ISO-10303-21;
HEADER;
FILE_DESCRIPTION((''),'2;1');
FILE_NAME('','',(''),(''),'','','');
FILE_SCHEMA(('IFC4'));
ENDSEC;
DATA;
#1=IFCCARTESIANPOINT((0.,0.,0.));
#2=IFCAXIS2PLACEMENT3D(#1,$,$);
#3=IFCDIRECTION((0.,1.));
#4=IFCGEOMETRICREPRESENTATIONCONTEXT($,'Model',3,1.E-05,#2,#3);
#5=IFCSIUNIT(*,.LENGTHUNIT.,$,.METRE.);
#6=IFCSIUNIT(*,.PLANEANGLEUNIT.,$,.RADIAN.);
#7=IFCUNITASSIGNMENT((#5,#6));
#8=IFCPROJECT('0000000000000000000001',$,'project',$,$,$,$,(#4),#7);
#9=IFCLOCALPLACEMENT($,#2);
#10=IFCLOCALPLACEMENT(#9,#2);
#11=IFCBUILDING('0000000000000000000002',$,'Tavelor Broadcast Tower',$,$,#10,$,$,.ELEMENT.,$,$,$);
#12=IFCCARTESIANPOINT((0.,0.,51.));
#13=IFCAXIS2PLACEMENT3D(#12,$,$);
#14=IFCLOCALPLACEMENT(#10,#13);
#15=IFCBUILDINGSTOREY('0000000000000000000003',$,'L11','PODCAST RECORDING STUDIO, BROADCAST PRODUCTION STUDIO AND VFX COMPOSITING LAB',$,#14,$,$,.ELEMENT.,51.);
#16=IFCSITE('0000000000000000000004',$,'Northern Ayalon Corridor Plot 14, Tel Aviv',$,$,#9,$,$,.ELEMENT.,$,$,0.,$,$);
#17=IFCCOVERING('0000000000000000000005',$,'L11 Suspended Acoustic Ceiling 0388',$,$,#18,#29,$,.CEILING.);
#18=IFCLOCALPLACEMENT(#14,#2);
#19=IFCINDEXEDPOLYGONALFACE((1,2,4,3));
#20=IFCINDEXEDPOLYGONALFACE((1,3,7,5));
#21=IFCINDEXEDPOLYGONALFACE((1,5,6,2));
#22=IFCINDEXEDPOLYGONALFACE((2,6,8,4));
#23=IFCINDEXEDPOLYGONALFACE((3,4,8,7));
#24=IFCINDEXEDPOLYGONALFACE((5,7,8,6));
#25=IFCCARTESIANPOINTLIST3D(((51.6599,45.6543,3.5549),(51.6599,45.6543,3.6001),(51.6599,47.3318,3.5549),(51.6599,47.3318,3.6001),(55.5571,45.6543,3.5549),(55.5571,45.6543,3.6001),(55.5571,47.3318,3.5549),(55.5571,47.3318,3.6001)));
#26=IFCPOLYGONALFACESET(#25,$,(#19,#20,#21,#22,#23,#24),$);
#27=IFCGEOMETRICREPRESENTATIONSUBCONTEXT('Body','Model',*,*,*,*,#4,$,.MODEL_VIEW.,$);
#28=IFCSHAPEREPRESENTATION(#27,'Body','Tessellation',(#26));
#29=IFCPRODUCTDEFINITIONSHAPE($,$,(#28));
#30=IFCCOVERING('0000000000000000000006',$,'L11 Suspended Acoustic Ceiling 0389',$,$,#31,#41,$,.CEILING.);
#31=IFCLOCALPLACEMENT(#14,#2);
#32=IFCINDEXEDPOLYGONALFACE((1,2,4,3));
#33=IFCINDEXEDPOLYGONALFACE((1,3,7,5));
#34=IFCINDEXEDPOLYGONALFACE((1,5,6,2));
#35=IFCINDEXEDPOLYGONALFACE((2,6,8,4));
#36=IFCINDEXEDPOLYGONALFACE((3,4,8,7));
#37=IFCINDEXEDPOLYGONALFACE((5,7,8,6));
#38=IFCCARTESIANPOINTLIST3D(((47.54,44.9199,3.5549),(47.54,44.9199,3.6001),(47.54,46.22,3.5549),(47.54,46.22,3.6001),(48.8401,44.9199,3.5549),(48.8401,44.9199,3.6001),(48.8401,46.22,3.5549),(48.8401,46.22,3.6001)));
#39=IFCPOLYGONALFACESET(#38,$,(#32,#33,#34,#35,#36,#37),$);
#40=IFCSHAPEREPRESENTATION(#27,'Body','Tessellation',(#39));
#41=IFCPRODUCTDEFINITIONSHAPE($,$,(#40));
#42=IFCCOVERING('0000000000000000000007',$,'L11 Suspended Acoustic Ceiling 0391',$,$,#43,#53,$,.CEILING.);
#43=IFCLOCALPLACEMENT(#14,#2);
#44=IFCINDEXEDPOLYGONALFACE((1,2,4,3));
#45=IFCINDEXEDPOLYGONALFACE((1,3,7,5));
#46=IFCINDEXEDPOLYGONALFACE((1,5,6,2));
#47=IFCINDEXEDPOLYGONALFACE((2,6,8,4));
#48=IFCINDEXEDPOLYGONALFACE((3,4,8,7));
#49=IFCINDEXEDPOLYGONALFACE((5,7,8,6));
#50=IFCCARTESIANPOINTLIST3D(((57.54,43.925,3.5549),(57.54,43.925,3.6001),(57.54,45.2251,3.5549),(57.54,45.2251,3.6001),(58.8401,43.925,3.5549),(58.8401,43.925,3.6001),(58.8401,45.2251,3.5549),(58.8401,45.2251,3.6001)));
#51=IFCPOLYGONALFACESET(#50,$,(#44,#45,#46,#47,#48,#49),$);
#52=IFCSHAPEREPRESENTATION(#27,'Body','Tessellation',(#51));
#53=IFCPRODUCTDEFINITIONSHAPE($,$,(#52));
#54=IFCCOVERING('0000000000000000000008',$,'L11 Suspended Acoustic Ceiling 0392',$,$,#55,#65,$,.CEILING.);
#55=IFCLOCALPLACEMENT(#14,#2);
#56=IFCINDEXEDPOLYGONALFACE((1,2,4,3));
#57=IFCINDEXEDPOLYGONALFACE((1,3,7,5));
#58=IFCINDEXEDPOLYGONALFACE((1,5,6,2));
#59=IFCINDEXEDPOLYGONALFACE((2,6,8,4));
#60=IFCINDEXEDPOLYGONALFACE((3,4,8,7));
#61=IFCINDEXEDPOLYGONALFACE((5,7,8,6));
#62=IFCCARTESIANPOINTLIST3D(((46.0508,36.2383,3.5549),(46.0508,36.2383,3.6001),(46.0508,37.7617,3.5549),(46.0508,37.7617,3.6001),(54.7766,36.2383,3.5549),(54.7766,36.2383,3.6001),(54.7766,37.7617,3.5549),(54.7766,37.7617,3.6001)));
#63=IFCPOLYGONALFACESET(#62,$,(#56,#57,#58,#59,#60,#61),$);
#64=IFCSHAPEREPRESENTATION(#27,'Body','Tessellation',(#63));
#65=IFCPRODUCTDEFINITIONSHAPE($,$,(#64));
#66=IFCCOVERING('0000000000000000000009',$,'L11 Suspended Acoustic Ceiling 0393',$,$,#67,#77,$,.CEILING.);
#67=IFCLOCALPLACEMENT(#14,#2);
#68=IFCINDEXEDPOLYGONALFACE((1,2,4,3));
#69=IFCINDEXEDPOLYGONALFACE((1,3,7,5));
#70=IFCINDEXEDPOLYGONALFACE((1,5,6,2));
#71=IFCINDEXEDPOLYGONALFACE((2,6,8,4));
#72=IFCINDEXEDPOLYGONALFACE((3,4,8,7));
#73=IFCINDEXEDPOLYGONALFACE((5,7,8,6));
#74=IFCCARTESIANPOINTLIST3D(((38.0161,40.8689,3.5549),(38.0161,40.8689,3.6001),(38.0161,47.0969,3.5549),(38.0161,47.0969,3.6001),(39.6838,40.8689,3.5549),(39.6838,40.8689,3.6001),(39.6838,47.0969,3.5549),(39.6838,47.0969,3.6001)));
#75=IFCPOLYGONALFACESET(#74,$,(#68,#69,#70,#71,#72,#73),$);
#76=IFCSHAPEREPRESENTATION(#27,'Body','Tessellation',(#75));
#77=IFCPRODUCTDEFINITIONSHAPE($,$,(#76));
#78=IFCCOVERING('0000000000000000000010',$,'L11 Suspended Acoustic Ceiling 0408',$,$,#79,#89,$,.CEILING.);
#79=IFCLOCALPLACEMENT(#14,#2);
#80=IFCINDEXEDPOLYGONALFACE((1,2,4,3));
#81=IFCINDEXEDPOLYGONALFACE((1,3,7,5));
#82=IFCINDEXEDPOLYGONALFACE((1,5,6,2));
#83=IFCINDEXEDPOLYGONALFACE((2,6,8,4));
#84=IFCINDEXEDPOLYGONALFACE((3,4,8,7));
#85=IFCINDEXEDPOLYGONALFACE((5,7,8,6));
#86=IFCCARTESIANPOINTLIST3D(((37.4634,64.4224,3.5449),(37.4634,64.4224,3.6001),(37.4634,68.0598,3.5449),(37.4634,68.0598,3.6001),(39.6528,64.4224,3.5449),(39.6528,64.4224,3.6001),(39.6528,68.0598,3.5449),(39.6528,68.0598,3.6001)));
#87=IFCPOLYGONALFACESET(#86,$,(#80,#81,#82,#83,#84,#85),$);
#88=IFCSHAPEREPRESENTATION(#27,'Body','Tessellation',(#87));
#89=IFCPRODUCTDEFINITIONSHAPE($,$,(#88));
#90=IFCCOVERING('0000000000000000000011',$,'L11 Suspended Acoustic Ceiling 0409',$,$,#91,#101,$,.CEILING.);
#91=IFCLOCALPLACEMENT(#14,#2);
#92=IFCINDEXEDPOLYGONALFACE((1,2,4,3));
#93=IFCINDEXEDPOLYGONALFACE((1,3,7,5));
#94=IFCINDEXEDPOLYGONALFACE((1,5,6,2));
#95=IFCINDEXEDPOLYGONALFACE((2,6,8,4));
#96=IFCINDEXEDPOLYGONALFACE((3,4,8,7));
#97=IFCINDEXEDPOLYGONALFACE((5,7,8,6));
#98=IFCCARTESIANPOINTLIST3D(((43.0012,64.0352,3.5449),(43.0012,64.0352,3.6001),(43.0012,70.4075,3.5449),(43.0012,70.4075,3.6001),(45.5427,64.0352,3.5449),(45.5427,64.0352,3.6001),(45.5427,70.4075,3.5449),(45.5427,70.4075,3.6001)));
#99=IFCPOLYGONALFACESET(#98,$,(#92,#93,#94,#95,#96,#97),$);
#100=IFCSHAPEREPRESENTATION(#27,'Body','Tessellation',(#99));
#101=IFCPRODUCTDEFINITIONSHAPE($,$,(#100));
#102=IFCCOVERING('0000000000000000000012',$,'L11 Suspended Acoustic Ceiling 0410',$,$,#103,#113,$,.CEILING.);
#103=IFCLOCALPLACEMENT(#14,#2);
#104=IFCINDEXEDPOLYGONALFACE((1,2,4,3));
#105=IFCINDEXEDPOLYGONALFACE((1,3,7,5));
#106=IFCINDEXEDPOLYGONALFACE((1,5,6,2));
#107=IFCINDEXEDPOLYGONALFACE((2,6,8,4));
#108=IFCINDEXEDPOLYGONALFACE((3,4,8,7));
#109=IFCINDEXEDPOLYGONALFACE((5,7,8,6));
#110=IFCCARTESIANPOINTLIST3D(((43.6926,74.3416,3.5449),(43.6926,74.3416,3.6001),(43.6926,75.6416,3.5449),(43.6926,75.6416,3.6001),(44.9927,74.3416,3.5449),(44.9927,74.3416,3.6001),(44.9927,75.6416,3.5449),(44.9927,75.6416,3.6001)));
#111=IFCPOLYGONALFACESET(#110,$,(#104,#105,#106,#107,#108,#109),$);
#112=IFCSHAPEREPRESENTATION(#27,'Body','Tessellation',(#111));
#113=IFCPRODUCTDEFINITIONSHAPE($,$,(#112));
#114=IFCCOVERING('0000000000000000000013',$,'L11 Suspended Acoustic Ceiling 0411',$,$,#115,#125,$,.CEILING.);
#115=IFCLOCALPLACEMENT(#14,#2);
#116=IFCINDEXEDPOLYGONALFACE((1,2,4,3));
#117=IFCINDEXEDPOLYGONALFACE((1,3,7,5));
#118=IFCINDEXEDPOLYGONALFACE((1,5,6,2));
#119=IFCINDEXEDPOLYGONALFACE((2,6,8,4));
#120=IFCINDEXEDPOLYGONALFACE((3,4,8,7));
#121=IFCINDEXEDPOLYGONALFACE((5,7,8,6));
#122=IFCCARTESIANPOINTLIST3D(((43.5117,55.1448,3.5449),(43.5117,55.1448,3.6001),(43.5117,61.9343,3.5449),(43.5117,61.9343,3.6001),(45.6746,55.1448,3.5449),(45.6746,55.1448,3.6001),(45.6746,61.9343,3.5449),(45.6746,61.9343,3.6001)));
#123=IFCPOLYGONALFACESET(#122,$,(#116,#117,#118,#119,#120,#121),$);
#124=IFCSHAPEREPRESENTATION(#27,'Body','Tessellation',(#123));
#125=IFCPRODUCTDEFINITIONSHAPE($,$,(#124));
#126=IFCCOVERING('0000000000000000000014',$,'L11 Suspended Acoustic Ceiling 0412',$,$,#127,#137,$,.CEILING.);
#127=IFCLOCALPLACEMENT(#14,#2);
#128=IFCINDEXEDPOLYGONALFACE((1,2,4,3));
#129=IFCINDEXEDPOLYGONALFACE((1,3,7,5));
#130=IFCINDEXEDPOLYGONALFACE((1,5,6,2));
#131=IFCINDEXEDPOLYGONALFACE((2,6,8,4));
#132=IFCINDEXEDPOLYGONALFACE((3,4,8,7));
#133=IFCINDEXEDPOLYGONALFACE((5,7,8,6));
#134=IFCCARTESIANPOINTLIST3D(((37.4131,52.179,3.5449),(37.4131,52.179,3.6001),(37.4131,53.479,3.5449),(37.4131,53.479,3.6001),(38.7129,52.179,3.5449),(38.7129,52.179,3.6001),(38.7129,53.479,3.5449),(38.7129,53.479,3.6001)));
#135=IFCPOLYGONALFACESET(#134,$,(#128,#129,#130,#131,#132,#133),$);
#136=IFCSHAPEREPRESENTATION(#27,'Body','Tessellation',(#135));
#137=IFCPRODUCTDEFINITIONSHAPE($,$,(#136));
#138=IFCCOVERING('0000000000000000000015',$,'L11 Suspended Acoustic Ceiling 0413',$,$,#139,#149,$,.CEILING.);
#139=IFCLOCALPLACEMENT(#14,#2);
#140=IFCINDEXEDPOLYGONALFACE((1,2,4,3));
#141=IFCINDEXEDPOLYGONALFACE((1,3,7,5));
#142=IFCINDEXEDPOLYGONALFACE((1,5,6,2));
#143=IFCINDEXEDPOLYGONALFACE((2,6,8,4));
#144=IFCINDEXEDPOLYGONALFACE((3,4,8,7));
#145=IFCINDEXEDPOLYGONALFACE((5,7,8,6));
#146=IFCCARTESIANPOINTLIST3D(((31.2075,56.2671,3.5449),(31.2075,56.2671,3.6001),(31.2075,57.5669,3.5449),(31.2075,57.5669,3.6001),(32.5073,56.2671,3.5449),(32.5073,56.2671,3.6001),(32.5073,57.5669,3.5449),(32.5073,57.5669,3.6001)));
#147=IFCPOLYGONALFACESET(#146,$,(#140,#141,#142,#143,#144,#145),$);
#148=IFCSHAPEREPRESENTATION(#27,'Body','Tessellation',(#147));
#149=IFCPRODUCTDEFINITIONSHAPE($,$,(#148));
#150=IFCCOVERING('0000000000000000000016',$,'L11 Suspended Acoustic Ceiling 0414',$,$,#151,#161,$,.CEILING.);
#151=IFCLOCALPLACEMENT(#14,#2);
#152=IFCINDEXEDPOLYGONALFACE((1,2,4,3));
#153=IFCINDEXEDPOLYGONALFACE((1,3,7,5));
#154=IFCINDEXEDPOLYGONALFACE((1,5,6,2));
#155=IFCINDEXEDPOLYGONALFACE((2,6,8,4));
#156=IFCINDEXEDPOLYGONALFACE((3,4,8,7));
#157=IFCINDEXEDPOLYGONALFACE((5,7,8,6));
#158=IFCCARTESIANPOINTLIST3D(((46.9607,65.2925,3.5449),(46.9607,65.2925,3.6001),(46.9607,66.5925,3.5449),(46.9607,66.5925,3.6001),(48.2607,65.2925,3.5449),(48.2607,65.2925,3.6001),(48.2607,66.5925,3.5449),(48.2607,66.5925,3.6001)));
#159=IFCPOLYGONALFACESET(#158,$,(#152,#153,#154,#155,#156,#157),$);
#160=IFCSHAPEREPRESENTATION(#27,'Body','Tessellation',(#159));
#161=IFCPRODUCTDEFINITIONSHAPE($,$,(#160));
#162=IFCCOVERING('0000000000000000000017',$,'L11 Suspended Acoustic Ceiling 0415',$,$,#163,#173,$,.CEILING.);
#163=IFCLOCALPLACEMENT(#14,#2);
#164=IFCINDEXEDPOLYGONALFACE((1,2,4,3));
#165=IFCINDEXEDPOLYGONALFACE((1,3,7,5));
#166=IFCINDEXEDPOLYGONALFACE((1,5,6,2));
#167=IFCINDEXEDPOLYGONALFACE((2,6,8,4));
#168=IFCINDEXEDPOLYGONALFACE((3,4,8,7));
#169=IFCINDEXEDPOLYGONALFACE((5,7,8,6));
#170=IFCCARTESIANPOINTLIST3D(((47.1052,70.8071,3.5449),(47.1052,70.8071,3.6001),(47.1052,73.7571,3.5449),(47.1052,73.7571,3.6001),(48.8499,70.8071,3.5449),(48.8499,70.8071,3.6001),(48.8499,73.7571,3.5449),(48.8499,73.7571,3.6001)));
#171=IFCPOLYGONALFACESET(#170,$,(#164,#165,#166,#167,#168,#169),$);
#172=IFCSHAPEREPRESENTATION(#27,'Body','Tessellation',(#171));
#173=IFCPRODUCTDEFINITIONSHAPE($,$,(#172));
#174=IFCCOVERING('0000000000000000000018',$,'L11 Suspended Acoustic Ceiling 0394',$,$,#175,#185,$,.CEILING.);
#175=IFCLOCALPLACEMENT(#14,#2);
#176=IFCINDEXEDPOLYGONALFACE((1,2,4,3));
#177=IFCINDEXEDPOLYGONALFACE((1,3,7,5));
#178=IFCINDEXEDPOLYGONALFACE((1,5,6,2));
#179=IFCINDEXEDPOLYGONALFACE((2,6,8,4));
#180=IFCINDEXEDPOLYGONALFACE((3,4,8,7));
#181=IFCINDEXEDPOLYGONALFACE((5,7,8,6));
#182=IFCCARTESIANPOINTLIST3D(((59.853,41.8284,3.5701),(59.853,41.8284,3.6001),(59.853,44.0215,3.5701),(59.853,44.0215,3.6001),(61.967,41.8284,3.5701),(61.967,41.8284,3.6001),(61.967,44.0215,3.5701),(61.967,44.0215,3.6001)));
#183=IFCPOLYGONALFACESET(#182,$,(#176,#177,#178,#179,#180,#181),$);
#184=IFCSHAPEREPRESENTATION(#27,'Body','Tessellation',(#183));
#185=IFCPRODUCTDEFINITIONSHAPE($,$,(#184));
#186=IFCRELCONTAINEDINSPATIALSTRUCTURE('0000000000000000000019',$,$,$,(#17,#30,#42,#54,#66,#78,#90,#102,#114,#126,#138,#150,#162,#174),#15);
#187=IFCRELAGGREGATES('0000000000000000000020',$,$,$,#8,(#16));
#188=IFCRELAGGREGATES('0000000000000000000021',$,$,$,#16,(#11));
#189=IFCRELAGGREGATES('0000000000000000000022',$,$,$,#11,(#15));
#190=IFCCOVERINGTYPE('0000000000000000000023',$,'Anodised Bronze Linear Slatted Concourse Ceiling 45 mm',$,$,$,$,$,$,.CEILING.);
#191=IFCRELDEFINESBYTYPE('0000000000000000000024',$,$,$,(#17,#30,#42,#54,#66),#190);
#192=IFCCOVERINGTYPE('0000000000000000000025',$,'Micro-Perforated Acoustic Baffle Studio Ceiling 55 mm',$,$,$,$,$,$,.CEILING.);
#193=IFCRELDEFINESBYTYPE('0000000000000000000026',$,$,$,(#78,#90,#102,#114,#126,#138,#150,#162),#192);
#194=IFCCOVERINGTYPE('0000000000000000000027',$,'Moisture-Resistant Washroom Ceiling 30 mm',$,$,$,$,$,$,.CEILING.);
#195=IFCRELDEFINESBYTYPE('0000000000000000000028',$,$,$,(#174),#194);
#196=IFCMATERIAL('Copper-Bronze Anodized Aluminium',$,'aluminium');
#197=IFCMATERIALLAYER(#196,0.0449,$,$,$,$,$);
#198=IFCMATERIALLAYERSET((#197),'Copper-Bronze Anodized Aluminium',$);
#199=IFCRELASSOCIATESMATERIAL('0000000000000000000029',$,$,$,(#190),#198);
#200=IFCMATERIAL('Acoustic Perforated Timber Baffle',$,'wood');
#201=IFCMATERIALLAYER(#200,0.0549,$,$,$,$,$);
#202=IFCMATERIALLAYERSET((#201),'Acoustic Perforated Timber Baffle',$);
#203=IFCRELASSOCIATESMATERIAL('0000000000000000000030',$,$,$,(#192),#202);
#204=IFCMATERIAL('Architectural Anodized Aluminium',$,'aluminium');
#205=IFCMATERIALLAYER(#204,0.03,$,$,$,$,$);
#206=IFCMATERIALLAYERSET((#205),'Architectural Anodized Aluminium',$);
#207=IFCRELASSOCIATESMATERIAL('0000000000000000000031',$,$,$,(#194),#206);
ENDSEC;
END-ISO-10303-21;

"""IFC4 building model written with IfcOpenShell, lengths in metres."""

from ifc_helpers import new_model, si_unit, direction, frame, origin, place, context, subcontext, project, spatial, polyline, outline, extrude, material, layer, layer_set, type_object, element, save


model = new_model("IFC4")

# Units and contexts
model_context = context("Model", 3, precision=1e-05, world=origin(), true_north=direction((0.0, 1.0)))
body_context = subcontext(model_context, "Body", "Model", "MODEL_VIEW")
ifc_project = project(units=[si_unit("LENGTHUNIT", "METRE"), si_unit("PLANEANGLEUNIT", "RADIAN")], contexts=[model_context])

# Site, building, storey
site_placement = place(None, origin())
site = spatial("IfcSite", under=ifc_project, at=site_placement, Name="Northern Ayalon Corridor Plot 14, Tel Aviv", CompositionType="ELEMENT", RefElevation=0.0)
building_placement = place(site_placement, origin())
building = spatial("IfcBuilding", under=site, at=building_placement, Name="Tavelor Broadcast Tower", CompositionType="ELEMENT")
storey_placement = place(building_placement, frame((0.0, 0.0, 51.0)))
storey = spatial("IfcBuildingStorey", under=building, at=storey_placement, Name="L11", Description="PODCAST RECORDING STUDIO, BROADCAST PRODUCTION STUDIO AND VFX COMPOSITING LAB", CompositionType="ELEMENT", Elevation=51.0)

# Coverings
ifc_material_1 = material(Name="Copper-Bronze Anodized Aluminium", Category="aluminium")
ifc_layer_1 = layer(ifc_material_1, 0.0449)
ifc_layer_set_1 = layer_set([ifc_layer_1], Name="Copper-Bronze Anodized Aluminium")
covering_type_1 = type_object("IfcCoveringType", Name="Anodised Bronze Linear Slatted Concourse Ceiling 45 mm", PredefinedType="CEILING", material=ifc_layer_set_1)
covering_1_placement = place(storey_placement, frame((0.0, 0.0, 3.5549)))
element("IfcCovering", 1, at=covering_1_placement, inside=storey, type_object=covering_type_1, Name="L11 Suspended Acoustic Ceiling 0388", PredefinedType="CEILING", context=body_context, shape_type="SweptSolid", body=[
    extrude(outline(polyline([(51.6599, 45.6543), (55.5571, 45.6543), (55.5571, 47.3318), (51.6599, 47.3318), (51.6599, 45.6543)])), origin(), (0.0, 0.0, 1.0), 0.0452),
])
covering_2_placement = place(storey_placement, frame((0.0, 0.0, 3.5549)))
element("IfcCovering", 2, at=covering_2_placement, inside=storey, type_object=covering_type_1, Name="L11 Suspended Acoustic Ceiling 0389", PredefinedType="CEILING", context=body_context, shape_type="SweptSolid", body=[
    extrude(outline(polyline([(47.54, 44.9199), (48.8401, 44.9199), (48.8401, 46.22), (47.54, 46.22), (47.54, 44.9199)])), origin(), (0.0, 0.0, 1.0), 0.0452),
])
covering_3_placement = place(storey_placement, frame((0.0, 0.0, 3.5549)))
element("IfcCovering", 3, at=covering_3_placement, inside=storey, type_object=covering_type_1, Name="L11 Suspended Acoustic Ceiling 0391", PredefinedType="CEILING", context=body_context, shape_type="SweptSolid", body=[
    extrude(outline(polyline([(57.54, 43.925), (58.8401, 43.925), (58.8401, 45.2251), (57.54, 45.2251), (57.54, 43.925)])), origin(), (0.0, 0.0, 1.0), 0.0452),
])
covering_4_placement = place(storey_placement, frame((0.0, 0.0, 3.5549)))
element("IfcCovering", 4, at=covering_4_placement, inside=storey, type_object=covering_type_1, Name="L11 Suspended Acoustic Ceiling 0392", PredefinedType="CEILING", context=body_context, shape_type="SweptSolid", body=[
    extrude(outline(polyline([(46.0508, 36.2383), (54.7766, 36.2383), (54.7766, 37.7617), (46.0508, 37.7617), (46.0508, 36.2383)])), origin(), (0.0, 0.0, 1.0), 0.0452),
])
covering_5_placement = place(storey_placement, frame((0.0, 0.0, 3.5549)))
element("IfcCovering", 5, at=covering_5_placement, inside=storey, type_object=covering_type_1, Name="L11 Suspended Acoustic Ceiling 0393", PredefinedType="CEILING", context=body_context, shape_type="SweptSolid", body=[
    extrude(outline(polyline([(38.0161, 40.8689), (39.6838, 40.8689), (39.6838, 47.0969), (38.0161, 47.0969), (38.0161, 40.8689)])), origin(), (0.0, 0.0, 1.0), 0.0452),
])
ifc_material_2 = material(Name="Acoustic Perforated Timber Baffle", Category="wood")
ifc_layer_2 = layer(ifc_material_2, 0.0549)
ifc_layer_set_2 = layer_set([ifc_layer_2], Name="Acoustic Perforated Timber Baffle")
covering_type_2 = type_object("IfcCoveringType", Name="Micro-Perforated Acoustic Baffle Studio Ceiling 55 mm", PredefinedType="CEILING", material=ifc_layer_set_2)
covering_6_placement = place(storey_placement, frame((0.0, 0.0, 3.5449)))
element("IfcCovering", 6, at=covering_6_placement, inside=storey, type_object=covering_type_2, Name="L11 Suspended Acoustic Ceiling 0408", PredefinedType="CEILING", context=body_context, shape_type="SweptSolid", body=[
    extrude(outline(polyline([(37.4634, 64.4224), (39.6528, 64.4224), (39.6528, 68.0598), (37.4634, 68.0598), (37.4634, 64.4224)])), origin(), (0.0, 0.0, 1.0), 0.0552),
])
covering_7_placement = place(storey_placement, frame((0.0, 0.0, 3.5449)))
element("IfcCovering", 7, at=covering_7_placement, inside=storey, type_object=covering_type_2, Name="L11 Suspended Acoustic Ceiling 0409", PredefinedType="CEILING", context=body_context, shape_type="SweptSolid", body=[
    extrude(outline(polyline([(43.0012, 64.0352), (45.5427, 64.0352), (45.5427, 70.4075), (43.0012, 70.4075), (43.0012, 64.0352)])), origin(), (0.0, 0.0, 1.0), 0.0552),
])
covering_8_placement = place(storey_placement, frame((0.0, 0.0, 3.5449)))
element("IfcCovering", 8, at=covering_8_placement, inside=storey, type_object=covering_type_2, Name="L11 Suspended Acoustic Ceiling 0410", PredefinedType="CEILING", context=body_context, shape_type="SweptSolid", body=[
    extrude(outline(polyline([(43.6926, 74.3416), (44.9927, 74.3416), (44.9927, 75.6416), (43.6926, 75.6416), (43.6926, 74.3416)])), origin(), (0.0, 0.0, 1.0), 0.0552),
])
covering_9_placement = place(storey_placement, frame((0.0, 0.0, 3.5449)))
element("IfcCovering", 9, at=covering_9_placement, inside=storey, type_object=covering_type_2, Name="L11 Suspended Acoustic Ceiling 0411", PredefinedType="CEILING", context=body_context, shape_type="SweptSolid", body=[
    extrude(outline(polyline([(43.5117, 55.1448), (45.6746, 55.1448), (45.6746, 61.9343), (43.5117, 61.9343), (43.5117, 55.1448)])), origin(), (0.0, 0.0, 1.0), 0.0552),
])
covering_10_placement = place(storey_placement, frame((0.0, 0.0, 3.5449)))
element("IfcCovering", 10, at=covering_10_placement, inside=storey, type_object=covering_type_2, Name="L11 Suspended Acoustic Ceiling 0412", PredefinedType="CEILING", context=body_context, shape_type="SweptSolid", body=[
    extrude(outline(polyline([(37.4131, 52.179), (38.7129, 52.179), (38.7129, 53.479), (37.4131, 53.479), (37.4131, 52.179)])), origin(), (0.0, 0.0, 1.0), 0.0552),
])
covering_11_placement = place(storey_placement, frame((0.0, 0.0, 3.5449)))
element("IfcCovering", 11, at=covering_11_placement, inside=storey, type_object=covering_type_2, Name="L11 Suspended Acoustic Ceiling 0413", PredefinedType="CEILING", context=body_context, shape_type="SweptSolid", body=[
    extrude(outline(polyline([(31.2075, 56.2671), (32.5073, 56.2671), (32.5073, 57.5669), (31.2075, 57.5669), (31.2075, 56.2671)])), origin(), (0.0, 0.0, 1.0), 0.0552),
])
covering_12_placement = place(storey_placement, frame((0.0, 0.0, 3.5449)))
element("IfcCovering", 12, at=covering_12_placement, inside=storey, type_object=covering_type_2, Name="L11 Suspended Acoustic Ceiling 0414", PredefinedType="CEILING", context=body_context, shape_type="SweptSolid", body=[
    extrude(outline(polyline([(46.9607, 65.2925), (48.2607, 65.2925), (48.2607, 66.5925), (46.9607, 66.5925), (46.9607, 65.2925)])), origin(), (0.0, 0.0, 1.0), 0.0552),
])
covering_13_placement = place(storey_placement, frame((0.0, 0.0, 3.5449)))
element("IfcCovering", 13, at=covering_13_placement, inside=storey, type_object=covering_type_2, Name="L11 Suspended Acoustic Ceiling 0415", PredefinedType="CEILING", context=body_context, shape_type="SweptSolid", body=[
    extrude(outline(polyline([(47.1052, 70.8071), (48.8499, 70.8071), (48.8499, 73.7571), (47.1052, 73.7571), (47.1052, 70.8071)])), origin(), (0.0, 0.0, 1.0), 0.0552),
])
ifc_material_3 = material(Name="Architectural Anodized Aluminium", Category="aluminium")
ifc_layer_3 = layer(ifc_material_3, 0.03)
ifc_layer_set_3 = layer_set([ifc_layer_3], Name="Architectural Anodized Aluminium")
covering_type_3 = type_object("IfcCoveringType", Name="Moisture-Resistant Washroom Ceiling 30 mm", PredefinedType="CEILING", material=ifc_layer_set_3)
covering_14_placement = place(storey_placement, frame((0.0, 0.0, 3.5701)))
element("IfcCovering", 14, at=covering_14_placement, inside=storey, type_object=covering_type_3, Name="L11 Suspended Acoustic Ceiling 0394", PredefinedType="CEILING", context=body_context, shape_type="SweptSolid", body=[
    extrude(outline(polyline([(59.853, 41.8284), (61.967, 41.8284), (61.967, 44.0215), (59.853, 44.0215), (59.853, 41.8284)])), origin(), (0.0, 0.0, 1.0), 0.03),
])

save(model, "model.ifc")
